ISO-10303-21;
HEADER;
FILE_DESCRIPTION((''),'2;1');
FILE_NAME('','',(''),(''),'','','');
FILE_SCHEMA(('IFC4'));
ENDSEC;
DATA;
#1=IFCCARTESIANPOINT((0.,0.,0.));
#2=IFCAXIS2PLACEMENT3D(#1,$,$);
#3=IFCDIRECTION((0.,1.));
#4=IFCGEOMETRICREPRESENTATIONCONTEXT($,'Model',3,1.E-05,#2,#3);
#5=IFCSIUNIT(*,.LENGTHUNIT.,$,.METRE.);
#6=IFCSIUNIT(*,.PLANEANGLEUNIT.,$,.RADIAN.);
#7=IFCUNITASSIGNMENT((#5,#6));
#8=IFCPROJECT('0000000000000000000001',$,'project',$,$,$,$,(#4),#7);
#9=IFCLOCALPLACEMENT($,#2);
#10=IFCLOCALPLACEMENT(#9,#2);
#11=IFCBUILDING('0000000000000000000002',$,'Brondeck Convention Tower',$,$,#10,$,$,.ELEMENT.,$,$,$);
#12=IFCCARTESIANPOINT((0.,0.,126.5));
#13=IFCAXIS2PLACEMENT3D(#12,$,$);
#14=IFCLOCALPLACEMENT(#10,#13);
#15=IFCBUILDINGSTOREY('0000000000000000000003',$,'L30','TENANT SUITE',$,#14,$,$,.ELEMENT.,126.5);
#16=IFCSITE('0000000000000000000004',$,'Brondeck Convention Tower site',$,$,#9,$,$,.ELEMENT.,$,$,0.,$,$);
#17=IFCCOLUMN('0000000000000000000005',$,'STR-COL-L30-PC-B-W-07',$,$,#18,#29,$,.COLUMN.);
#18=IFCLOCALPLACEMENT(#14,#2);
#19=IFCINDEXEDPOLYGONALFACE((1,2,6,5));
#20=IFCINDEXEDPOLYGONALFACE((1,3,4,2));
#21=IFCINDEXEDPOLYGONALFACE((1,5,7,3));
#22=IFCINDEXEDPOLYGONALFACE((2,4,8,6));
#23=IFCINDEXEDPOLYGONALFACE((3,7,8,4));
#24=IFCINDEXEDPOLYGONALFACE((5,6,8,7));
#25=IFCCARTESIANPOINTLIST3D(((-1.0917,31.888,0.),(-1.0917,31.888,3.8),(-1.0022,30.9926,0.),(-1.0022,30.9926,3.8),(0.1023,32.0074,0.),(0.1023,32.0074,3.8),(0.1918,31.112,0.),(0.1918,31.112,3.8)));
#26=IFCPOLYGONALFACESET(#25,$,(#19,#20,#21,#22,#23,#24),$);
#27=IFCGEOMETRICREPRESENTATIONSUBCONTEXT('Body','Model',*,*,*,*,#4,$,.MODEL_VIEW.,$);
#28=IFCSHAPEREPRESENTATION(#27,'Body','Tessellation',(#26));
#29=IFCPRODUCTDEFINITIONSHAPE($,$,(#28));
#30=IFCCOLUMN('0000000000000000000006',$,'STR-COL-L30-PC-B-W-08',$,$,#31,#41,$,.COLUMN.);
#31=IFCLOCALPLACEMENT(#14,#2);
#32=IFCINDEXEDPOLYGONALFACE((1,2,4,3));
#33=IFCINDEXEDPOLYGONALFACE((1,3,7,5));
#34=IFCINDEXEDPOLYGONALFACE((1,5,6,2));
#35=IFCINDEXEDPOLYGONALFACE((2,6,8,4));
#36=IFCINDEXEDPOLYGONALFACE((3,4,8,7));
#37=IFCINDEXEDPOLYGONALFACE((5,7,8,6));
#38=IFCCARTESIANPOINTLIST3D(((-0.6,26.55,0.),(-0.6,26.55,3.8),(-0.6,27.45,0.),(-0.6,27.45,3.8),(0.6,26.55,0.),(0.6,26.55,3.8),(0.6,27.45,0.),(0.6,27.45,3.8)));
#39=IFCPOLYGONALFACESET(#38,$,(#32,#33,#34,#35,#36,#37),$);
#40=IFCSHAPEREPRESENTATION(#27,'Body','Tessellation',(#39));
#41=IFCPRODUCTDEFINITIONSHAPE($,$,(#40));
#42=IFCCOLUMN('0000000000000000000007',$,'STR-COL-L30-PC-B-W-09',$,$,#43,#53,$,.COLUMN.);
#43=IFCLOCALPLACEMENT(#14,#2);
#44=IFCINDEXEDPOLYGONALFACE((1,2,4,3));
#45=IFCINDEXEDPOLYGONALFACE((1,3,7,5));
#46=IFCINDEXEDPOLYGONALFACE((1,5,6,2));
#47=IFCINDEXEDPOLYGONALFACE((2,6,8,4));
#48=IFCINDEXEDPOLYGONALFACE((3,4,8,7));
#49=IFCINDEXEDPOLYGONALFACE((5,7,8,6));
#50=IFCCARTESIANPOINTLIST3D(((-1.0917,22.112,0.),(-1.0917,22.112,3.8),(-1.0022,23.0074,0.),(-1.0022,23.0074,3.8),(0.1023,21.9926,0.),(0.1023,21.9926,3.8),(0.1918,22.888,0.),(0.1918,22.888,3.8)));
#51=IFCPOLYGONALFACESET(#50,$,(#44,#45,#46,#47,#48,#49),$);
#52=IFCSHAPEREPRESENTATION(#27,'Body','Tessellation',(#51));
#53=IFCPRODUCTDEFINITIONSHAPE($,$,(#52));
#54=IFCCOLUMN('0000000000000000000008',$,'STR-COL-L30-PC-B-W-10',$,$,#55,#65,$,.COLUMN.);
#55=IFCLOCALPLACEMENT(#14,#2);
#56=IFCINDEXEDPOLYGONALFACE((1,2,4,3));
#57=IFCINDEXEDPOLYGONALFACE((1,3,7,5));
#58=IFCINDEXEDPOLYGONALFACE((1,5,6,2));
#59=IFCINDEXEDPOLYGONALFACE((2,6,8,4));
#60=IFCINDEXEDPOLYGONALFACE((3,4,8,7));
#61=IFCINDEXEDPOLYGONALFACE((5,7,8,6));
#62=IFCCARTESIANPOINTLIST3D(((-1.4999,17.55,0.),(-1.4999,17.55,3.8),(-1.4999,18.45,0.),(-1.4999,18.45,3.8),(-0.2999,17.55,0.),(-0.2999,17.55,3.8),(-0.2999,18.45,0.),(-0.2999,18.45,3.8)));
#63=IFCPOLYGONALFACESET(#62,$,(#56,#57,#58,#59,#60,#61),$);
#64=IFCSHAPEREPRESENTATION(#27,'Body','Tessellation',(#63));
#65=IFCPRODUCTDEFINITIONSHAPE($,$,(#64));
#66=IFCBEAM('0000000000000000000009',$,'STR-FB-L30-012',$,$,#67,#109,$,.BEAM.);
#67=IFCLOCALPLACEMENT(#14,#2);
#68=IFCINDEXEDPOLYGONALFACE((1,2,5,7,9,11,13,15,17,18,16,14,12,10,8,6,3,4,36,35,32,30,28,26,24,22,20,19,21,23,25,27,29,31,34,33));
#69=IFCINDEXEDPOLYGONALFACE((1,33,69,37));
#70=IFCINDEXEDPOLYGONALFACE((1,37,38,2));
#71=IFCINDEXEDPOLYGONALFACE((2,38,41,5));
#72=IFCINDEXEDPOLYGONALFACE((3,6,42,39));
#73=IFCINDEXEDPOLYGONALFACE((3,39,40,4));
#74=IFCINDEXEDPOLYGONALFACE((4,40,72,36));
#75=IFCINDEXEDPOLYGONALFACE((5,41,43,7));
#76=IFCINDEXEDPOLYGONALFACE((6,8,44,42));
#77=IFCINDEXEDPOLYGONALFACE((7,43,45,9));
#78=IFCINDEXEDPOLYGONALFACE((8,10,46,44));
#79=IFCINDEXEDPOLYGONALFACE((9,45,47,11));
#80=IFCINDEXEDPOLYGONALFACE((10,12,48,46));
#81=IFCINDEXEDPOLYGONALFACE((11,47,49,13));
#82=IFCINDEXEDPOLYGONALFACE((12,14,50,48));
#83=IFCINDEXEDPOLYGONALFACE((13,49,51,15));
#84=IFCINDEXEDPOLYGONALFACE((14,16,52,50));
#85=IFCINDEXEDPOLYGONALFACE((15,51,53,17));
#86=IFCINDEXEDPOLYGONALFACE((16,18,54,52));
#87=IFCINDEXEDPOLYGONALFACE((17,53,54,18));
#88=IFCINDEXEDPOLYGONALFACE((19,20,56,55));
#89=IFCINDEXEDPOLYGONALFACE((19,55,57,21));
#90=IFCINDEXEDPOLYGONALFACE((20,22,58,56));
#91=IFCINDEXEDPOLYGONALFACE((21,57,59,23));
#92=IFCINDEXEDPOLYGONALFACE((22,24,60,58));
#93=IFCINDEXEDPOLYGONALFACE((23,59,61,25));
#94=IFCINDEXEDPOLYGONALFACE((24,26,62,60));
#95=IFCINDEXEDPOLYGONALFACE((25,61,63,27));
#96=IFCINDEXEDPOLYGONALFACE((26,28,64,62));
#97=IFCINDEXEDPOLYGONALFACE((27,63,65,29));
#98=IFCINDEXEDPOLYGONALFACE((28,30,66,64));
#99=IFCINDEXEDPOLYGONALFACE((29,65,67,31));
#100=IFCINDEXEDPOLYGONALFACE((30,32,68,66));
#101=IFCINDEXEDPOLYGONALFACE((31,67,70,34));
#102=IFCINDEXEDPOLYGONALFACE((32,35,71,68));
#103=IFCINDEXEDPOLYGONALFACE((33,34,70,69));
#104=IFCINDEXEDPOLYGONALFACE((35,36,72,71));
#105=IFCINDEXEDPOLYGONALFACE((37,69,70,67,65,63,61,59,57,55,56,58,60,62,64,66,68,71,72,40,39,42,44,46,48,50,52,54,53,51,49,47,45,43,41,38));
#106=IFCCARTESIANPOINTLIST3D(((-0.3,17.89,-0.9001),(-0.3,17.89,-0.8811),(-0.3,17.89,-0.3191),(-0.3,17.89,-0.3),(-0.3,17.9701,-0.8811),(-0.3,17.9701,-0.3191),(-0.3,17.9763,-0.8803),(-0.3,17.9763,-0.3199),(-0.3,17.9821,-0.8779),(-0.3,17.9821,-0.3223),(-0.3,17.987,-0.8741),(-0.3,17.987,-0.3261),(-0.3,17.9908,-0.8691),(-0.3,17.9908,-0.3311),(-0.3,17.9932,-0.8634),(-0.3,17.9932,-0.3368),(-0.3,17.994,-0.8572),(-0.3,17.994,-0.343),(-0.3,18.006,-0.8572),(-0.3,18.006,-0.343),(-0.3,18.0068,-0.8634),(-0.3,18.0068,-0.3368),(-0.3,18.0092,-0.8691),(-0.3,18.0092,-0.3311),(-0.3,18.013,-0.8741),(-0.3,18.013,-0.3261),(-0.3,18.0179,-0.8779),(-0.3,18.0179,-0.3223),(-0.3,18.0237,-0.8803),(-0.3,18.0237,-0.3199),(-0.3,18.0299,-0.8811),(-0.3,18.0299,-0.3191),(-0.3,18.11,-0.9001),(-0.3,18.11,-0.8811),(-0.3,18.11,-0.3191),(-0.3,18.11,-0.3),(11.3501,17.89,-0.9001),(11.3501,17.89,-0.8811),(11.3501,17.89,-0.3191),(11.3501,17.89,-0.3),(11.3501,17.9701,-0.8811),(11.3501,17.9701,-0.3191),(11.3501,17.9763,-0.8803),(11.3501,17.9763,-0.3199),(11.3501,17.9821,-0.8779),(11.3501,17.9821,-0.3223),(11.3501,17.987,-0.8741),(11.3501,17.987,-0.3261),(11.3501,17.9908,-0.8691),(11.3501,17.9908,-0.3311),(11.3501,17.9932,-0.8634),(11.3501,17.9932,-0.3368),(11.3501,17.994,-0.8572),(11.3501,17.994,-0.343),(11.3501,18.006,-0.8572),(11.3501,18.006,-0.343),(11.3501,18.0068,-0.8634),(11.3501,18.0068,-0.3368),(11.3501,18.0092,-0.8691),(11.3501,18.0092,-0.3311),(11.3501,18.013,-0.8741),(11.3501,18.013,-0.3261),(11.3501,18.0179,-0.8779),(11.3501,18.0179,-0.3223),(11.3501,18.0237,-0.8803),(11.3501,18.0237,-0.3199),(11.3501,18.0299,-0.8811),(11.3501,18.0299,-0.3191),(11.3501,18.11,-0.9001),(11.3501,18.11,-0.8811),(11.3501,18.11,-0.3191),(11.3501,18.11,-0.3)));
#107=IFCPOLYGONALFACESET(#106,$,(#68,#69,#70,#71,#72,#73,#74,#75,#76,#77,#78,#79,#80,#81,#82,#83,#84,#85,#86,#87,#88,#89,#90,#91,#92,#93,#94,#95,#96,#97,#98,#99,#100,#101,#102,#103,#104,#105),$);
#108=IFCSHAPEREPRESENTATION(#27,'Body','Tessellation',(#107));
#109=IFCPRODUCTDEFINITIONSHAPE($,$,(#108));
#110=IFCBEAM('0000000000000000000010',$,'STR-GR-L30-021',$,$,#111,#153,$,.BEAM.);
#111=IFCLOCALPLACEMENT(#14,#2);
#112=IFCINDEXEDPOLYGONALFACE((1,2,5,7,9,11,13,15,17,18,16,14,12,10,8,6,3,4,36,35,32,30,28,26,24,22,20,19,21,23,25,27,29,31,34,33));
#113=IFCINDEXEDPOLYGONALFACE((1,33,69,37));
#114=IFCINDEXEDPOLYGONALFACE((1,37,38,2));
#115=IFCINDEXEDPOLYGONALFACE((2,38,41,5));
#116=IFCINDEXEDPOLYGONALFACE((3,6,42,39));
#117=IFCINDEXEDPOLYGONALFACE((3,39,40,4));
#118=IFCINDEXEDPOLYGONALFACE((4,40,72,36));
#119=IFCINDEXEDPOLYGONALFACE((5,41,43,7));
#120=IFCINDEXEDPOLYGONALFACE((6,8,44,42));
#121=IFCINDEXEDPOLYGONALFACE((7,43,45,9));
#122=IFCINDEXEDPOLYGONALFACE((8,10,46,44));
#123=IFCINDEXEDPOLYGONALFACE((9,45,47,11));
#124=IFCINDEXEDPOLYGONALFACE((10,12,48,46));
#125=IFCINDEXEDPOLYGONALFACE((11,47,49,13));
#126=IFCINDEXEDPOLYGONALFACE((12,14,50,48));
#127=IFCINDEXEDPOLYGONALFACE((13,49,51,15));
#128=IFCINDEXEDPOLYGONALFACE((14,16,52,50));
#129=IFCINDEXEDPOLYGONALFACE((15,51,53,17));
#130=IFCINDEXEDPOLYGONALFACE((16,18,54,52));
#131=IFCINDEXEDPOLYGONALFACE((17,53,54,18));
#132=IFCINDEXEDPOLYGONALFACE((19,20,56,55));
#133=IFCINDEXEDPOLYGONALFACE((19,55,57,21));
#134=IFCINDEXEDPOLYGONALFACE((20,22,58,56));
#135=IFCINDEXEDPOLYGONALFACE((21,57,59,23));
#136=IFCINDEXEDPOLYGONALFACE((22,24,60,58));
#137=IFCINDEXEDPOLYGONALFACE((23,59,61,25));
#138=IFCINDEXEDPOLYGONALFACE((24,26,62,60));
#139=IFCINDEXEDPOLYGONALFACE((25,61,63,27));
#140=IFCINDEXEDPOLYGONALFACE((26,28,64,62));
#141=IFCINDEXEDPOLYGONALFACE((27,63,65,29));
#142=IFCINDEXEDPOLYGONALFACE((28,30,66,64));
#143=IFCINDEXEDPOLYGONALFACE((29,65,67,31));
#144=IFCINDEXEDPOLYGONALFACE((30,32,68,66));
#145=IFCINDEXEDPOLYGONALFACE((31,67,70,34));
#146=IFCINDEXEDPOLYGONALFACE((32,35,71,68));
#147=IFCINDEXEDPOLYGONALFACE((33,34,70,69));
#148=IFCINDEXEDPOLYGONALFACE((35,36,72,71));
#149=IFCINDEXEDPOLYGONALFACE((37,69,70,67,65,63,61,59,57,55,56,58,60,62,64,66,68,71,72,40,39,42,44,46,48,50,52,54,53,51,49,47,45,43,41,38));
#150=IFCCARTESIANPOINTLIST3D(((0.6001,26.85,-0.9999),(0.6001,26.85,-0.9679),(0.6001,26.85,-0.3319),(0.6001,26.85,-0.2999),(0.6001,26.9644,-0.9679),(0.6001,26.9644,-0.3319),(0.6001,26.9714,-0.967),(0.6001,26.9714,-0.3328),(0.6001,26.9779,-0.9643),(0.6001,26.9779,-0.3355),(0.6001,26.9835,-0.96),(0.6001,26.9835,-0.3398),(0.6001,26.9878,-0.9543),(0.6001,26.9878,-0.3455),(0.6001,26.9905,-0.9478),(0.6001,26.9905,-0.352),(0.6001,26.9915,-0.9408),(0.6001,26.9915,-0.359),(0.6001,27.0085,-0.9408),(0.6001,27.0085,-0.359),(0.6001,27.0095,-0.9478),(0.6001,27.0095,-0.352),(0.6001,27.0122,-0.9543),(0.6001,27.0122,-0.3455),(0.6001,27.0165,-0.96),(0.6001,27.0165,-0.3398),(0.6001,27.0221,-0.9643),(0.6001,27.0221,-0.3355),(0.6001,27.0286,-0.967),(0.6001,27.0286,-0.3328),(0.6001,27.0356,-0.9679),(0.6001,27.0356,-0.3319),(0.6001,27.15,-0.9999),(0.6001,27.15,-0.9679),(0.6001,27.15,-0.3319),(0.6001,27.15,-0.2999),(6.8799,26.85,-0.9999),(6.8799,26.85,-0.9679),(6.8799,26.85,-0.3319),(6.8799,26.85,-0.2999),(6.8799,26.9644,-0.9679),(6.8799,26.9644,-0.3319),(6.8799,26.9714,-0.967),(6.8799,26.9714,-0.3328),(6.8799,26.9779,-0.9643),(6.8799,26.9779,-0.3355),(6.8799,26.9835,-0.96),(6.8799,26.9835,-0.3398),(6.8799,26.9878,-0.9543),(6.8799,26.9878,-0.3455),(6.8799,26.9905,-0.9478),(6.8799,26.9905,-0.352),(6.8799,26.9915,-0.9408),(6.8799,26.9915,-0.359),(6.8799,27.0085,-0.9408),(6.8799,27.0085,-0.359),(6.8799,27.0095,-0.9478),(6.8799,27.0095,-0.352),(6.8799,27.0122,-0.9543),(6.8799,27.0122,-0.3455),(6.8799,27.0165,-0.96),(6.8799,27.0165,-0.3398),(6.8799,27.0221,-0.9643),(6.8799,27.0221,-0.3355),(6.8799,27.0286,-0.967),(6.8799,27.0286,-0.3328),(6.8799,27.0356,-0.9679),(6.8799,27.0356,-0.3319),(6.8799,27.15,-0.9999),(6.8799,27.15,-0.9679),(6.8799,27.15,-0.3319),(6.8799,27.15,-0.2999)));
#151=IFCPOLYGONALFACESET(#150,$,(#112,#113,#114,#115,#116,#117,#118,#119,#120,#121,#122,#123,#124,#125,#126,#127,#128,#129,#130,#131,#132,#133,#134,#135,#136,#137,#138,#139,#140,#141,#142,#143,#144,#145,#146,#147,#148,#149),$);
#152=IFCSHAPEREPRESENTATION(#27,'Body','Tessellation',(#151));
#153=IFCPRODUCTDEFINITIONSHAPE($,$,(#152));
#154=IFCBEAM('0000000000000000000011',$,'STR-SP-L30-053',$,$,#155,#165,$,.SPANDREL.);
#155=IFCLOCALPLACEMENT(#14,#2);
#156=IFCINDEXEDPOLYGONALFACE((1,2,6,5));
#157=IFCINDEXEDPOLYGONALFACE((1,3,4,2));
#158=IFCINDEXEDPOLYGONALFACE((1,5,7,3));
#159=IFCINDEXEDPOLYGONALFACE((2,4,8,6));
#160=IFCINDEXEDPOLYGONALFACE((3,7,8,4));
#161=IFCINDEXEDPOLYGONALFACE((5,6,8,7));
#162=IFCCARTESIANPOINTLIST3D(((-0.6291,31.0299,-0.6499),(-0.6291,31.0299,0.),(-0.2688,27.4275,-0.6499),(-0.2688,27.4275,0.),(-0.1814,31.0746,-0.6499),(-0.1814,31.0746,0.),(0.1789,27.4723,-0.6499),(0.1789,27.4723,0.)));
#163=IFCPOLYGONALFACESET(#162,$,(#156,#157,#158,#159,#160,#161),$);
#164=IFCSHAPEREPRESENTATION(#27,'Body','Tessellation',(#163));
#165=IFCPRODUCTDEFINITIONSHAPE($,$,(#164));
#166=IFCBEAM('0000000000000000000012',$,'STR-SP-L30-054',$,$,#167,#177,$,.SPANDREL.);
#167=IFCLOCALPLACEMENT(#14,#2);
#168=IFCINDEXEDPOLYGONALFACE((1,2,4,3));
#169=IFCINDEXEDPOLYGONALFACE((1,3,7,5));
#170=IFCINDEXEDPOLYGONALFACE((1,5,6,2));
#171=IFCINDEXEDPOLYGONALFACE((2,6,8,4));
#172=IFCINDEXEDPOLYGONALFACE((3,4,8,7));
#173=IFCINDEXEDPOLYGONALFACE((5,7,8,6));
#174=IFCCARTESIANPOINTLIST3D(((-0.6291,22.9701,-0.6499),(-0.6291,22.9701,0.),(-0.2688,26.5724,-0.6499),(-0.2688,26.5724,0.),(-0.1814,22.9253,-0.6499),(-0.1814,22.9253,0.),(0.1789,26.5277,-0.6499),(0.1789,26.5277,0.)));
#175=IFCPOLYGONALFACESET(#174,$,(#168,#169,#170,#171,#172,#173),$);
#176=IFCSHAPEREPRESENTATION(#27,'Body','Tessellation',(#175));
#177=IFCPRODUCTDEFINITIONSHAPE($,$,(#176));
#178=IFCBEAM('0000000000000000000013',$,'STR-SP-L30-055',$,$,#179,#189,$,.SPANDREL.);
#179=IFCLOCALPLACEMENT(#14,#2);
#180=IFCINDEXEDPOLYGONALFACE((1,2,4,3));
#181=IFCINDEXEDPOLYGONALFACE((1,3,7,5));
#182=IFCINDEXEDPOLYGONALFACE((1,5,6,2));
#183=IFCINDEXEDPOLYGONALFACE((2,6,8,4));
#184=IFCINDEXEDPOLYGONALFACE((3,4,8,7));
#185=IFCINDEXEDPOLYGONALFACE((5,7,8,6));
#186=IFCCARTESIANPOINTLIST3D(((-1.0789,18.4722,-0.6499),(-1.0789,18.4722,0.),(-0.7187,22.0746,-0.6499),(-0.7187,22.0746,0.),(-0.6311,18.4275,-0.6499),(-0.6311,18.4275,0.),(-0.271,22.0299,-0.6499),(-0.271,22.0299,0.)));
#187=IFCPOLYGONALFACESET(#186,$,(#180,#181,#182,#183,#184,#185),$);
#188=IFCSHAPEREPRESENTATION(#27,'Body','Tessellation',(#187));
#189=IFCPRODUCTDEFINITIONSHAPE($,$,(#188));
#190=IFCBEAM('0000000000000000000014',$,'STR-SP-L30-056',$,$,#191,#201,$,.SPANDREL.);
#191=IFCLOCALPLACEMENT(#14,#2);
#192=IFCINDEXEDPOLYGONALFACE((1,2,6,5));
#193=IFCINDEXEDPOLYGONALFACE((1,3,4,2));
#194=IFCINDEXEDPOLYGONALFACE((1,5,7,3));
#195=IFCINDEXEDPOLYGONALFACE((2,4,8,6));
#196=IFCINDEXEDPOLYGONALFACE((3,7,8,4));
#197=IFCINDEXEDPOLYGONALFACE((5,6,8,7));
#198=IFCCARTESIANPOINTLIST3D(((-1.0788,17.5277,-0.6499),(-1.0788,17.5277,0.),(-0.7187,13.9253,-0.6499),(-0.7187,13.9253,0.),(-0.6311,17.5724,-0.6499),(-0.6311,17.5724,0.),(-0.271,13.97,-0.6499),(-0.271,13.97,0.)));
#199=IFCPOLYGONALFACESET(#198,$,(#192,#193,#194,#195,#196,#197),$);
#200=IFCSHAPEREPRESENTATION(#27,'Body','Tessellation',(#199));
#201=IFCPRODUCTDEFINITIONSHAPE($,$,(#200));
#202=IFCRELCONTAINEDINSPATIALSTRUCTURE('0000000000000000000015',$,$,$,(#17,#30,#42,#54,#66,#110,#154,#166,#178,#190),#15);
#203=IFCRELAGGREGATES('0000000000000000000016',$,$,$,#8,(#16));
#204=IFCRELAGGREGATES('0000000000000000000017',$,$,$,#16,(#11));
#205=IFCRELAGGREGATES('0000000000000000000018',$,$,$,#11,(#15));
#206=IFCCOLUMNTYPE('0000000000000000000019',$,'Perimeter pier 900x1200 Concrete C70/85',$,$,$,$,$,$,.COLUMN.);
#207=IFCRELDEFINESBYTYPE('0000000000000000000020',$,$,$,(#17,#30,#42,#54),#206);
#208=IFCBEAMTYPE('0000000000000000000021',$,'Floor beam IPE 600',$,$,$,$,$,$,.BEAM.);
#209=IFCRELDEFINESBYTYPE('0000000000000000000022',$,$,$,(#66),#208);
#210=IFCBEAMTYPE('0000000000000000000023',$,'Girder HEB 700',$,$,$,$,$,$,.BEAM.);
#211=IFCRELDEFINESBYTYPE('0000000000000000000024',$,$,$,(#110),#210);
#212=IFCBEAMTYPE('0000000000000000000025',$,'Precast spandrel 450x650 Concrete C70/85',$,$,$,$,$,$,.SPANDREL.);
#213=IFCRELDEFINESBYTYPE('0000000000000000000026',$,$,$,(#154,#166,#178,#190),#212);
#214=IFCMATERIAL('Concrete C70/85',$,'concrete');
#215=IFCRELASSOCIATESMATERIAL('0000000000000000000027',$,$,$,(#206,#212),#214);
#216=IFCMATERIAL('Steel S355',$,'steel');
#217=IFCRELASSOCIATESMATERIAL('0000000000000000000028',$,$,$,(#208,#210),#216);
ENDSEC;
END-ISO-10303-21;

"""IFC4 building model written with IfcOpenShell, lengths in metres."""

from ifc_helpers import new_model, si_unit, direction, frame, origin, origin_2d, place, context, subcontext, project, spatial, rectangle, i_section, extrude, material, material_profile, profile_set, type_object, element, save


model = new_model("IFC4")

# Units and contexts
model_context = context("Model", 3, precision=1e-05, world=origin(), true_north=direction((0.0, 1.0)))
body_context = subcontext(model_context, "Body", "Model", "MODEL_VIEW")
ifc_project = project(units=[si_unit("LENGTHUNIT", "METRE"), si_unit("PLANEANGLEUNIT", "RADIAN")], contexts=[model_context])

# Site, building, storey
site_placement = place(None, origin())
site = spatial("IfcSite", under=ifc_project, at=site_placement, Name="Brondeck Convention Tower site", CompositionType="ELEMENT", RefElevation=0.0)
building_placement = place(site_placement, origin())
building = spatial("IfcBuilding", under=site, at=building_placement, Name="Brondeck Convention Tower", CompositionType="ELEMENT")
storey_placement = place(building_placement, frame((0.0, 0.0, 126.5)))
storey = spatial("IfcBuildingStorey", under=building, at=storey_placement, Name="L30", Description="TENANT SUITE", CompositionType="ELEMENT", Elevation=126.5)

# Columns
ifc_material_1 = material(Name="Concrete C70/85", Category="concrete")
ifc_material_profile_1 = material_profile(ifc_material_1, rectangle(XDim=0.8999, YDim=1.2, at=origin_2d()), Name="Perimeter pier 900x1200 Concrete C70/85")
ifc_profile_set_1 = profile_set([ifc_material_profile_1], Name="Concrete C70/85")
column_type = type_object("IfcColumnType", Name="Perimeter pier 900x1200 Concrete C70/85", PredefinedType="COLUMN", material=ifc_profile_set_1)
for number, where, z_axis, x_axis, name in (
    (1, (-0.45, 31.5, 0.0), (0.0, 0.0, 1.0), (0.099504, -0.995037, 0.0), "STR-COL-L30-PC-B-W-07"),
    (2, (0.0, 27.0, 0.0), (0.0, 0.0, 1.0), (0.0, -1.0, 0.0), "STR-COL-L30-PC-B-W-08"),
    (3, (-0.45, 22.5, 0.0), (0.0, 0.0, 1.0), (-0.099504, -0.995037, 0.0), "STR-COL-L30-PC-B-W-09"),
    (4, (-0.8999, 18.0, 0.0), (0.0, 0.0, 1.0), (0.0, -1.0, 0.0), "STR-COL-L30-PC-B-W-10"),
):
    element("IfcColumn", number, at=place(storey_placement, frame(where, z_axis=z_axis, x_axis=x_axis)), inside=storey, type_object=column_type, Name=name, PredefinedType="COLUMN", context=body_context, shape_type="SweptSolid", body=[
        extrude(rectangle(XDim=0.8999, YDim=1.2, at=origin_2d()), origin(), (0.0, 0.0, 1.0), 3.8),
    ])

# Beams
ifc_material_2 = material(Name="Steel S355", Category="steel")
ifc_material_profile_2 = material_profile(ifc_material_2, i_section(OverallWidth=0.22, OverallDepth=0.6001, WebThickness=0.012, FlangeThickness=0.019, FilletRadius=0.0239, at=origin_2d()), Name="IPE 600")
ifc_profile_set_2 = profile_set([ifc_material_profile_2], Name="Steel S355")
beam_type_1 = type_object("IfcBeamType", Name="Floor beam IPE 600", PredefinedType="BEAM", material=ifc_profile_set_2)
beam_1_placement = place(storey_placement, frame((-0.3, 18.0, -0.6001), z_axis=(1.0, 0.0, 0.0), x_axis=(0.0, 1.0, 0.0)))
element("IfcBeam", 5, at=beam_1_placement, inside=storey, type_object=beam_type_1, Name="STR-FB-L30-012", PredefinedType="BEAM", context=body_context, shape_type="SweptSolid", body=[
    extrude(i_section(OverallWidth=0.22, OverallDepth=0.6001, WebThickness=0.012, FlangeThickness=0.019, FilletRadius=0.0239, at=origin_2d()), origin(), (0.0, 0.0, 1.0), 11.6501),
])
ifc_material_profile_3 = material_profile(ifc_material_2, i_section(OverallWidth=0.3, OverallDepth=0.7, WebThickness=0.0171, FlangeThickness=0.032, FilletRadius=0.0271, at=origin_2d()), Name="HEB 700")
ifc_profile_set_3 = profile_set([ifc_material_profile_3], Name="Steel S355")
beam_type_2 = type_object("IfcBeamType", Name="Girder HEB 700", PredefinedType="BEAM", material=ifc_profile_set_3)
beam_2_placement = place(storey_placement, frame((0.6001, 27.0, -0.6499), z_axis=(1.0, 0.0, 0.0), x_axis=(0.0, 1.0, 0.0)))
element("IfcBeam", 6, at=beam_2_placement, inside=storey, type_object=beam_type_2, Name="STR-GR-L30-021", PredefinedType="BEAM", context=body_context, shape_type="SweptSolid", body=[
    extrude(i_section(OverallWidth=0.3, OverallDepth=0.7, WebThickness=0.0171, FlangeThickness=0.032, FilletRadius=0.0271, at=origin_2d()), origin(), (0.0, 0.0, 1.0), 6.2798),
])
ifc_material_profile_4 = material_profile(ifc_material_1, rectangle(XDim=0.45, YDim=0.6499, at=origin_2d()), Name="Precast spandrel 450x650 Concrete C70/85")
ifc_profile_set_4 = profile_set([ifc_material_profile_4], Name="Concrete C70/85")
beam_type_3 = type_object("IfcBeamType", Name="Precast spandrel 450x650 Concrete C70/85", PredefinedType="SPANDREL", material=ifc_profile_set_4)
for number, where, z_axis, x_axis, name in (
    (7, (-0.4053, 31.0522, -0.325), (0.099537, -0.995034, 0.0), (0.995034, 0.099537, 0.0), "STR-SP-L30-053"),
    (8, (-0.0449, 26.55, -0.325), (-0.099537, -0.995034, 0.0), (0.995034, -0.099537, 0.0), "STR-SP-L30-054"),
    (9, (-0.4949, 22.0522, -0.325), (-0.09947, -0.995041, 0.0), (0.995041, -0.09947, 0.0), "STR-SP-L30-055"),
    (10, (-0.855, 17.55, -0.325), (0.09947, -0.995041, 0.0), (0.995041, 0.09947, 0.0), "STR-SP-L30-056"),
):
    element("IfcBeam", number, at=place(storey_placement, frame(where, z_axis=z_axis, x_axis=x_axis)), inside=storey, type_object=beam_type_3, Name=name, PredefinedType="SPANDREL", context=body_context, shape_type="SweptSolid", body=[
        extrude(rectangle(XDim=0.45, YDim=0.6499, at=origin_2d()), origin(), (0.0, 0.0, 1.0), 3.6204),
    ])

save(model, "model.ifc")
